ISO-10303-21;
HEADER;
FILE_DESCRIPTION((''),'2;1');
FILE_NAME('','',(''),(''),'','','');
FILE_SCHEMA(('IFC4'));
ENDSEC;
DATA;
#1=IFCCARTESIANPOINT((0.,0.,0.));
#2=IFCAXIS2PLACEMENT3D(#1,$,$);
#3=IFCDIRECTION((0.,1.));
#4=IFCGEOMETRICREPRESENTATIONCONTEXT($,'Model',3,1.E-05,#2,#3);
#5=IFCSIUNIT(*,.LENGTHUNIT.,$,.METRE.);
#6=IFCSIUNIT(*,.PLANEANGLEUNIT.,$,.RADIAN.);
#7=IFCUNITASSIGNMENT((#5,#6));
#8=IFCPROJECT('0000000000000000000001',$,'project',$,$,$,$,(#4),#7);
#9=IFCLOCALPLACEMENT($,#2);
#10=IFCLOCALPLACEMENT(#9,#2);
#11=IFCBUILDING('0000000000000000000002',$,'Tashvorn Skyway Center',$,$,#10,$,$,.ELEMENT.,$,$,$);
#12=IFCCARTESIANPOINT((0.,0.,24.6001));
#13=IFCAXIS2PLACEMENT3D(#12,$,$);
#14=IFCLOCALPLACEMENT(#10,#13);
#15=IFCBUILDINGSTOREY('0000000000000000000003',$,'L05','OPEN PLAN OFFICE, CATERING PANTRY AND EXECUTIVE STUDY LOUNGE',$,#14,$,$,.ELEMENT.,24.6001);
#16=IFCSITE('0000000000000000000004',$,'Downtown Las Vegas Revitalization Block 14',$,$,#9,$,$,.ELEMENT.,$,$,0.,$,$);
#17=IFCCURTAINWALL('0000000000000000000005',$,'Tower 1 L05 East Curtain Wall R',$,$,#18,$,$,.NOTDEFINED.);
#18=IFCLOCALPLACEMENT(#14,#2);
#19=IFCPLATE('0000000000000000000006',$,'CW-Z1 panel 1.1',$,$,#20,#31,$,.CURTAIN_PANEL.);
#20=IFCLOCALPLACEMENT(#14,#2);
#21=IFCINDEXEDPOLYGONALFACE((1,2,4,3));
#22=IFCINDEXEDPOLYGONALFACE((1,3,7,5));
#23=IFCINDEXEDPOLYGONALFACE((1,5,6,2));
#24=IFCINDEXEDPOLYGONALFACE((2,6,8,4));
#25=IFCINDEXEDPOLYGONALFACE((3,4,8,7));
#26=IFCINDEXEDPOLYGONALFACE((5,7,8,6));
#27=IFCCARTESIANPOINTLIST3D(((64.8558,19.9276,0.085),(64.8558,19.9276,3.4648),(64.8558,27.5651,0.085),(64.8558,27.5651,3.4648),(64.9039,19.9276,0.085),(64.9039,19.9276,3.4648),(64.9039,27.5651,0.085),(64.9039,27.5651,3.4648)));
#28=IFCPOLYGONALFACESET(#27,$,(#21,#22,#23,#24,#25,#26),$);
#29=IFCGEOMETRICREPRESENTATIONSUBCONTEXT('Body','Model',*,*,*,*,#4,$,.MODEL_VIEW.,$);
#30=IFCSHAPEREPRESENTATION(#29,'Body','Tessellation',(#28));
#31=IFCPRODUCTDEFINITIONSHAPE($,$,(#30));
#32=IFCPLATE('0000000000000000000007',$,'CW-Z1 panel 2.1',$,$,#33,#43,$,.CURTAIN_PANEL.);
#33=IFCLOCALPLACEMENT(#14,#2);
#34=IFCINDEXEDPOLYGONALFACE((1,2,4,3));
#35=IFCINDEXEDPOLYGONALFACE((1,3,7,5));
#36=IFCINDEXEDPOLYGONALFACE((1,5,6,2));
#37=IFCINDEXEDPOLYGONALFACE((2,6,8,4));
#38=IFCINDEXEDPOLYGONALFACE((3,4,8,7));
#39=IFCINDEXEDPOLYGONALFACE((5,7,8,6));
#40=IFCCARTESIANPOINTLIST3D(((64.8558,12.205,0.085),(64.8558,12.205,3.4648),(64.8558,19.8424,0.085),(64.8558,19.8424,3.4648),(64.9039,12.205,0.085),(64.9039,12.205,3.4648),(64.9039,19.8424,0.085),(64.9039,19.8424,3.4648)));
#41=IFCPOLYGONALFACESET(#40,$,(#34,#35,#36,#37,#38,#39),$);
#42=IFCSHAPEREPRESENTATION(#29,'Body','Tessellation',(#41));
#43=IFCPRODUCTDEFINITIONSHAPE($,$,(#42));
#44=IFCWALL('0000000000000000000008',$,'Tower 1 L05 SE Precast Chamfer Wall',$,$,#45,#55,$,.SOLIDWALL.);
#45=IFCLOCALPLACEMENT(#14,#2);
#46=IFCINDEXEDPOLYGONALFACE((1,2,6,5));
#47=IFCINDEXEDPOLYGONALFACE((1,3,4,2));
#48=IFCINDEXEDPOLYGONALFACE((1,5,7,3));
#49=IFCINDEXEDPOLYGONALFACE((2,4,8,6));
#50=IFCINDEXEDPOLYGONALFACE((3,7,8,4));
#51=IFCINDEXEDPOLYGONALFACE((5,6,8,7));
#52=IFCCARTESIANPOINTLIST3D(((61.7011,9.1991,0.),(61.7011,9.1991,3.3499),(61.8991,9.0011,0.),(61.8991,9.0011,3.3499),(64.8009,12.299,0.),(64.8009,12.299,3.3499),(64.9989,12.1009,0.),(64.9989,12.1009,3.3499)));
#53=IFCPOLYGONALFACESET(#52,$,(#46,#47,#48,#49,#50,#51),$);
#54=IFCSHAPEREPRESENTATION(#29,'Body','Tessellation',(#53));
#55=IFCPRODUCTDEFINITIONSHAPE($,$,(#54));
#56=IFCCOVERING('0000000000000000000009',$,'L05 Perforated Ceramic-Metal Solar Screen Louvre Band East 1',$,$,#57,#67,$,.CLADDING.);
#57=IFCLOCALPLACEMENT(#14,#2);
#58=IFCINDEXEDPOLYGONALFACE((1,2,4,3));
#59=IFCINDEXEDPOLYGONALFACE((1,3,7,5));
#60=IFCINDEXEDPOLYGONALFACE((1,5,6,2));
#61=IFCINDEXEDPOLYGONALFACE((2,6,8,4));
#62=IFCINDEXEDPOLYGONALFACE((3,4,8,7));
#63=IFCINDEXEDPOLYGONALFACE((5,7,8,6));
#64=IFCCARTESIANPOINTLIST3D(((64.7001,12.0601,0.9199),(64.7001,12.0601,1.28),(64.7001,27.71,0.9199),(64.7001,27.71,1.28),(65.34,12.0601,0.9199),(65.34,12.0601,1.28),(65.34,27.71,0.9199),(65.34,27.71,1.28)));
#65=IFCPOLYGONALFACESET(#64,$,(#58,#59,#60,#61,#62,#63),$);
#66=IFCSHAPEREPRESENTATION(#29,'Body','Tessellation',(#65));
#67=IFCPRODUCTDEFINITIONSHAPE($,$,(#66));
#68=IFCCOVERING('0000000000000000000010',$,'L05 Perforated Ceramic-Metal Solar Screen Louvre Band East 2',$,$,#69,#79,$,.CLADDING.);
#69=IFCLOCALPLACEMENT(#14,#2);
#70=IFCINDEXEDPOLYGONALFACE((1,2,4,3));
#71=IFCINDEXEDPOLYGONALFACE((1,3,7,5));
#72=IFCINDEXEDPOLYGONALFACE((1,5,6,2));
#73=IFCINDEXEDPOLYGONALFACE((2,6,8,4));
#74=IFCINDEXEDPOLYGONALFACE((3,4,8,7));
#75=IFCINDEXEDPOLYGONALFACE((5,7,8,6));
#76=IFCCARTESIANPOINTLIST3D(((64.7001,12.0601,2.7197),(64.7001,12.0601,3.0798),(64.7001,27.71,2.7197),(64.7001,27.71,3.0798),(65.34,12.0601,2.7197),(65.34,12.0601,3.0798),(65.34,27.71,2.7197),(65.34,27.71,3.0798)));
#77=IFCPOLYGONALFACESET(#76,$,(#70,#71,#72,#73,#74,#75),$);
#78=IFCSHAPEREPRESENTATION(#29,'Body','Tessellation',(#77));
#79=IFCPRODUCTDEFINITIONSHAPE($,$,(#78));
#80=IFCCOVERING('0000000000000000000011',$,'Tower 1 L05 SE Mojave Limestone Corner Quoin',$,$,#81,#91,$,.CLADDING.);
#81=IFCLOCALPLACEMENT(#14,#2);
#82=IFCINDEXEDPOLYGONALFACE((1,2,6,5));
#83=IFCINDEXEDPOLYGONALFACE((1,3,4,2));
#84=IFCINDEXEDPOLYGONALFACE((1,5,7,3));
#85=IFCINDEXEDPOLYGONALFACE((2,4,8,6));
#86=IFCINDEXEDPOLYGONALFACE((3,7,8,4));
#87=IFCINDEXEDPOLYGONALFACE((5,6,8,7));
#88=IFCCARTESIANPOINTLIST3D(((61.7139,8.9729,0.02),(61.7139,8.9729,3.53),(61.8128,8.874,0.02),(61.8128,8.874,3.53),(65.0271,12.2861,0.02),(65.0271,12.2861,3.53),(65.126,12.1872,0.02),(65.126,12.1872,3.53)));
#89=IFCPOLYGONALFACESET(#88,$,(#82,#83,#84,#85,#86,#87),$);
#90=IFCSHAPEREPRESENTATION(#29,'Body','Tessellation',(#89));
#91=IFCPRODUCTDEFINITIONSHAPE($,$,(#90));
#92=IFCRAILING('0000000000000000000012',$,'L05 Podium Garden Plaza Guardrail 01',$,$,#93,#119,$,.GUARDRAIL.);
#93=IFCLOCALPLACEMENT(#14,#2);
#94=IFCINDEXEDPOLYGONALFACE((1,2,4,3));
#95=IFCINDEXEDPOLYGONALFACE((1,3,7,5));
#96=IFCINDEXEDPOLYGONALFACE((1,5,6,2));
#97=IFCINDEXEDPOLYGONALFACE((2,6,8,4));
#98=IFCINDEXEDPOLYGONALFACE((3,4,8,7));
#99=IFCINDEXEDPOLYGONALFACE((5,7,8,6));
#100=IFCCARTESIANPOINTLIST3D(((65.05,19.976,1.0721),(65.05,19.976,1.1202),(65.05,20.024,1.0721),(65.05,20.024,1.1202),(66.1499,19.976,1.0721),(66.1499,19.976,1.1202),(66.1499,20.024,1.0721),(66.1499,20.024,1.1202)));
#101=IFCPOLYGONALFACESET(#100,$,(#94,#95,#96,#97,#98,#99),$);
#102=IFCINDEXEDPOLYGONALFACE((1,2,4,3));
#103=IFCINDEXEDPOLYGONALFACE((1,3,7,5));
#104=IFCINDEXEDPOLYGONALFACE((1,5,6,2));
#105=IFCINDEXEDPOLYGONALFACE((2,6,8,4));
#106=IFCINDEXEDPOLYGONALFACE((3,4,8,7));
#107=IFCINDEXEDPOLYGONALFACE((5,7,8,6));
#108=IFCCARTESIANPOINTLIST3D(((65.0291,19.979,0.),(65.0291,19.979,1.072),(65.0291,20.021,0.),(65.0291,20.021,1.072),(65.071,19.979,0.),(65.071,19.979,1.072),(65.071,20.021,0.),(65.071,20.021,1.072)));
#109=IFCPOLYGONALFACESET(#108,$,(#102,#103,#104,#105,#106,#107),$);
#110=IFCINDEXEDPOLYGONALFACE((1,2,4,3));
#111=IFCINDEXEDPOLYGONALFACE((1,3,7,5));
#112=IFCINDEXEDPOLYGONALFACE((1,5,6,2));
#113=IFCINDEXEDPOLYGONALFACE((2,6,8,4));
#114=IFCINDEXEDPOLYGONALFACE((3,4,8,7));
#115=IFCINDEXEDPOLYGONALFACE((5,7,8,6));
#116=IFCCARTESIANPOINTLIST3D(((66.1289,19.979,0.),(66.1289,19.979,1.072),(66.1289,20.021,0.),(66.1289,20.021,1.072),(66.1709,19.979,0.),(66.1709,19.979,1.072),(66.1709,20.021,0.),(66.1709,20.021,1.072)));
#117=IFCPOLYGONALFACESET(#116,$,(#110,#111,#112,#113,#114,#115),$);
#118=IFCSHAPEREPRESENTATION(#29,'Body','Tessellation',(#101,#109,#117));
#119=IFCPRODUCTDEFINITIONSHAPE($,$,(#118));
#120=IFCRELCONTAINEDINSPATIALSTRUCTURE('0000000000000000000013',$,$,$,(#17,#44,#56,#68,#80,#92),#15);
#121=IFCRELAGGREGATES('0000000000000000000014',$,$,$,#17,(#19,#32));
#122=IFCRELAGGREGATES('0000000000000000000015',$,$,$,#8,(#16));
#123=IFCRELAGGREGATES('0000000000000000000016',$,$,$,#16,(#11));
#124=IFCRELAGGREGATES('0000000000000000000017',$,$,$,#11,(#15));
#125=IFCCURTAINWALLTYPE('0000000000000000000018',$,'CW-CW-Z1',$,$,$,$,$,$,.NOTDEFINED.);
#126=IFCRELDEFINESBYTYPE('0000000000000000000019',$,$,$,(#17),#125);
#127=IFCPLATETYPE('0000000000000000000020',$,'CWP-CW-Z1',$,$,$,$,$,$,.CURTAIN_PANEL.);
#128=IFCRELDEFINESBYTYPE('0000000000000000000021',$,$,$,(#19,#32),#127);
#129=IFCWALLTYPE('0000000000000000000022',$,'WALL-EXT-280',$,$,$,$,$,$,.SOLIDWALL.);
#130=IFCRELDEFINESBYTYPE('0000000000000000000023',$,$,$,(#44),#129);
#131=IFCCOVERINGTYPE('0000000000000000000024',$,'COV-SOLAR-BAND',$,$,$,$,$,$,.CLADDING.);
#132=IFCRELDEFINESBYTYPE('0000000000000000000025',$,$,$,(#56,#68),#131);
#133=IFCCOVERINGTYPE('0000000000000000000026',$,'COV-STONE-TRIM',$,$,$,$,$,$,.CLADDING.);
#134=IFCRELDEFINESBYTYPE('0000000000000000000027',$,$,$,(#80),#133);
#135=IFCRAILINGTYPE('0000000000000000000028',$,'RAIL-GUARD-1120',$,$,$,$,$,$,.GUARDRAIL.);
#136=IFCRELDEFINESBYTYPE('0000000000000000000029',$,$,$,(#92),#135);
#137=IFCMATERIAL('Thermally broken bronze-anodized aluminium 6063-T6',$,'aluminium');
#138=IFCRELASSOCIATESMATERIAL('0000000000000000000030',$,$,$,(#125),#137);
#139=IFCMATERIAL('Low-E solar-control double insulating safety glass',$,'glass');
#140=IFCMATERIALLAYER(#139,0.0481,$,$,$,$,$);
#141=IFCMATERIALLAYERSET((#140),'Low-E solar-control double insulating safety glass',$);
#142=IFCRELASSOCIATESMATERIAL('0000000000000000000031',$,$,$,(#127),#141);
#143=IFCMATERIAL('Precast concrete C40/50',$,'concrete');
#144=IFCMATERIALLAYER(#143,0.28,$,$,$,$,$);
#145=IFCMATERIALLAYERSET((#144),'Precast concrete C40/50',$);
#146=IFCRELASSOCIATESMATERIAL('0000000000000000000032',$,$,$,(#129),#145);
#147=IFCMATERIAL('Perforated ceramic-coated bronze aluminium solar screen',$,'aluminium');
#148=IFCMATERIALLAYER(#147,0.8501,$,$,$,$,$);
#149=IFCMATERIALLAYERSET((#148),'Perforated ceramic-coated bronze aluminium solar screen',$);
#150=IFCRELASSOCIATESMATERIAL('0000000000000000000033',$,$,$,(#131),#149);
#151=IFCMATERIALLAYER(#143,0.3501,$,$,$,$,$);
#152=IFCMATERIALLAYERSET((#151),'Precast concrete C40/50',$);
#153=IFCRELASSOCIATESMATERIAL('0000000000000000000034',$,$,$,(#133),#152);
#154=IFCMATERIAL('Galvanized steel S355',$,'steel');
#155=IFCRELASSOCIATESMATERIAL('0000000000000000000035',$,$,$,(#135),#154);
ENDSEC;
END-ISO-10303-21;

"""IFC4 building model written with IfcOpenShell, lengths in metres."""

from ifc_helpers import new_model, si_unit, direction, frame, frame_2d, origin, origin_2d, place, context, subcontext, project, spatial, rectangle, extrude, material, layer, layer_set, type_object, element, aggregate, save


model = new_model("IFC4")

# Units and contexts
model_context = context("Model", 3, precision=1e-05, world=origin(), true_north=direction((0.0, 1.0)))
body_context = subcontext(model_context, "Body", "Model", "MODEL_VIEW")
ifc_project = project(units=[si_unit("LENGTHUNIT", "METRE"), si_unit("PLANEANGLEUNIT", "RADIAN")], contexts=[model_context])

# Site, building, storey
site_placement = place(None, origin())
site = spatial("IfcSite", under=ifc_project, at=site_placement, Name="Downtown Las Vegas Revitalization Block 14", CompositionType="ELEMENT", RefElevation=0.0)
building_placement = place(site_placement, origin())
building = spatial("IfcBuilding", under=site, at=building_placement, Name="Tashvorn Skyway Center", CompositionType="ELEMENT")
storey_placement = place(building_placement, frame((0.0, 0.0, 24.6001)))
storey = spatial("IfcBuildingStorey", under=building, at=storey_placement, Name="L05", Description="OPEN PLAN OFFICE, CATERING PANTRY AND EXECUTIVE STUDY LOUNGE", CompositionType="ELEMENT", Elevation=24.6001)

# Shared definitions
ifc_material_1 = material(Name="Thermally broken bronze-anodized aluminium 6063-T6", Category="aluminium")
curtain_wall_type_1 = type_object("IfcCurtainWallType", Name="CW-CW-Z1", PredefinedType="NOTDEFINED", material=ifc_material_1)

# Curtain wall
curtain_wall_1_placement = place(storey_placement, origin())
curtain_wall_1 = element("IfcCurtainWall", 1, at=curtain_wall_1_placement, inside=storey, type_object=curtain_wall_type_1, Name="Tower 1 L05 East Curtain Wall R", PredefinedType="NOTDEFINED")

# Plates
ifc_material_2 = material(Name="Low-E solar-control double insulating safety glass", Category="glass")
ifc_layer_1 = layer(ifc_material_2, 0.0481)
ifc_layer_set_1 = layer_set([ifc_layer_1], Name="Low-E solar-control double insulating safety glass")
plate_type_1 = type_object("IfcPlateType", Name="CWP-CW-Z1", PredefinedType="CURTAIN_PANEL", material=ifc_layer_set_1)
plate_1_placement = place(storey_placement, frame((64.8799, 23.7463, 0.085), z_axis=(0.0, 0.0, 1.0), x_axis=(0.0, -1.0, 0.0)))
plate_1 = element("IfcPlate", 2, at=plate_1_placement, type_object=plate_type_1, Name="CW-Z1 panel 1.1", PredefinedType="CURTAIN_PANEL", context=body_context, shape_type="SweptSolid", body=[
    extrude(rectangle(XDim=7.6375, YDim=0.0481, at=origin_2d()), origin(), (0.0, 0.0, 1.0), 3.3799),
])
plate_2_placement = place(storey_placement, frame((64.8799, 16.0237, 0.085), z_axis=(0.0, 0.0, 1.0), x_axis=(0.0, -1.0, 0.0)))
plate_2 = element("IfcPlate", 3, at=plate_2_placement, type_object=plate_type_1, Name="CW-Z1 panel 2.1", PredefinedType="CURTAIN_PANEL", context=body_context, shape_type="SweptSolid", body=[
    extrude(rectangle(XDim=7.6375, YDim=0.0481, at=origin_2d()), origin(), (0.0, 0.0, 1.0), 3.3799),
])
aggregate(curtain_wall_1, [plate_1, plate_2])

# Wall
ifc_material_3 = material(Name="Precast concrete C40/50", Category="concrete")
ifc_layer_2 = layer(ifc_material_3, 0.28)
ifc_layer_set_2 = layer_set([ifc_layer_2], Name="Precast concrete C40/50")
wall_type = type_object("IfcWallType", Name="WALL-EXT-280", PredefinedType="SOLIDWALL", material=ifc_layer_set_2)
wall_placement = place(storey_placement, frame((64.8999, 12.2, 0.0), z_axis=(0.0, 0.0, 1.0), x_axis=(-0.707107, -0.707107, 0.0)))
element("IfcWall", 4, at=wall_placement, inside=storey, type_object=wall_type, Name="Tower 1 L05 SE Precast Chamfer Wall", PredefinedType="SOLIDWALL", context=body_context, shape_type="SweptSolid", body=[
    extrude(rectangle(XDim=4.3838, YDim=0.28, at=frame_2d((2.1919, 0.0))), origin(), (0.0, 0.0, 1.0), 3.3499),
])

# Coverings
ifc_material_4 = material(Name="Perforated ceramic-coated bronze aluminium solar screen", Category="aluminium")
ifc_layer_3 = layer(ifc_material_4, 0.8501)
ifc_layer_set_3 = layer_set([ifc_layer_3], Name="Perforated ceramic-coated bronze aluminium solar screen")
covering_type_1 = type_object("IfcCoveringType", Name="COV-SOLAR-BAND", PredefinedType="CLADDING", material=ifc_layer_set_3)
for number, where, z_axis, x_axis, name in (
    (5, (65.02, 19.885, 0.9199), (0.0, 0.0, 1.0), (0.0, -1.0, 0.0), "L05 Perforated Ceramic-Metal Solar Screen Louvre Band East 1"),
    (6, (65.02, 19.885, 2.7197), (0.0, 0.0, 1.0), (0.0, -1.0, 0.0), "L05 Perforated Ceramic-Metal Solar Screen Louvre Band East 2"),
):
    element("IfcCovering", number, at=place(storey_placement, frame(where, z_axis=z_axis, x_axis=x_axis)), inside=storey, type_object=covering_type_1, Name=name, PredefinedType="CLADDING", context=body_context, shape_type="SweptSolid", body=[
        extrude(rectangle(XDim=15.6499, YDim=0.6399, at=origin_2d()), origin(), (0.0, 0.0, 1.0), 0.3601),
    ])
ifc_layer_4 = layer(ifc_material_3, 0.3501)
ifc_layer_set_4 = layer_set([ifc_layer_4], Name="Precast concrete C40/50")
covering_type_2 = type_object("IfcCoveringType", Name="COV-STONE-TRIM", PredefinedType="CLADDING", material=ifc_layer_set_4)
covering_placement = place(storey_placement, frame((63.4199, 10.5801, 0.02), z_axis=(0.0, 0.0, 1.0), x_axis=(0.707107, 0.707107, 0.0)))
element("IfcCovering", 7, at=covering_placement, inside=storey, type_object=covering_type_2, Name="Tower 1 L05 SE Mojave Limestone Corner Quoin", PredefinedType="CLADDING", context=body_context, shape_type="SweptSolid", body=[
    extrude(rectangle(XDim=4.6855, YDim=0.1399, at=origin_2d()), origin(), (0.0, 0.0, 1.0), 3.51),
])

# Railing
ifc_material_5 = material(Name="Galvanized steel S355", Category="steel")
railing_type = type_object("IfcRailingType", Name="RAIL-GUARD-1120", PredefinedType="GUARDRAIL", material=ifc_material_5)
railing_1_placement = place(storey_placement, frame((65.05, 20.0, 0.0)))
element("IfcRailing", 8, at=railing_1_placement, inside=storey, type_object=railing_type, Name="L05 Podium Garden Plaza Guardrail 01", PredefinedType="GUARDRAIL", context=body_context, shape_type="SweptSolid", body=[
    extrude(rectangle(XDim=0.0481, YDim=0.0481, at=origin_2d()), frame((0.0, 0.0, 1.0962), z_axis=(1.0, 0.0, 0.0), x_axis=(0.0, 1.0, 0.0)), (0.0, 0.0, 1.0), 1.0999),
    extrude(rectangle(XDim=0.042, YDim=0.042, at=origin_2d()), origin(), (0.0, 0.0, 1.0), 1.072),
    extrude(rectangle(XDim=0.042, YDim=0.042, at=origin_2d()), frame((1.0999, 0.0, 0.0)), (0.0, 0.0, 1.0), 1.072),
])

save(model, "model.ifc")
